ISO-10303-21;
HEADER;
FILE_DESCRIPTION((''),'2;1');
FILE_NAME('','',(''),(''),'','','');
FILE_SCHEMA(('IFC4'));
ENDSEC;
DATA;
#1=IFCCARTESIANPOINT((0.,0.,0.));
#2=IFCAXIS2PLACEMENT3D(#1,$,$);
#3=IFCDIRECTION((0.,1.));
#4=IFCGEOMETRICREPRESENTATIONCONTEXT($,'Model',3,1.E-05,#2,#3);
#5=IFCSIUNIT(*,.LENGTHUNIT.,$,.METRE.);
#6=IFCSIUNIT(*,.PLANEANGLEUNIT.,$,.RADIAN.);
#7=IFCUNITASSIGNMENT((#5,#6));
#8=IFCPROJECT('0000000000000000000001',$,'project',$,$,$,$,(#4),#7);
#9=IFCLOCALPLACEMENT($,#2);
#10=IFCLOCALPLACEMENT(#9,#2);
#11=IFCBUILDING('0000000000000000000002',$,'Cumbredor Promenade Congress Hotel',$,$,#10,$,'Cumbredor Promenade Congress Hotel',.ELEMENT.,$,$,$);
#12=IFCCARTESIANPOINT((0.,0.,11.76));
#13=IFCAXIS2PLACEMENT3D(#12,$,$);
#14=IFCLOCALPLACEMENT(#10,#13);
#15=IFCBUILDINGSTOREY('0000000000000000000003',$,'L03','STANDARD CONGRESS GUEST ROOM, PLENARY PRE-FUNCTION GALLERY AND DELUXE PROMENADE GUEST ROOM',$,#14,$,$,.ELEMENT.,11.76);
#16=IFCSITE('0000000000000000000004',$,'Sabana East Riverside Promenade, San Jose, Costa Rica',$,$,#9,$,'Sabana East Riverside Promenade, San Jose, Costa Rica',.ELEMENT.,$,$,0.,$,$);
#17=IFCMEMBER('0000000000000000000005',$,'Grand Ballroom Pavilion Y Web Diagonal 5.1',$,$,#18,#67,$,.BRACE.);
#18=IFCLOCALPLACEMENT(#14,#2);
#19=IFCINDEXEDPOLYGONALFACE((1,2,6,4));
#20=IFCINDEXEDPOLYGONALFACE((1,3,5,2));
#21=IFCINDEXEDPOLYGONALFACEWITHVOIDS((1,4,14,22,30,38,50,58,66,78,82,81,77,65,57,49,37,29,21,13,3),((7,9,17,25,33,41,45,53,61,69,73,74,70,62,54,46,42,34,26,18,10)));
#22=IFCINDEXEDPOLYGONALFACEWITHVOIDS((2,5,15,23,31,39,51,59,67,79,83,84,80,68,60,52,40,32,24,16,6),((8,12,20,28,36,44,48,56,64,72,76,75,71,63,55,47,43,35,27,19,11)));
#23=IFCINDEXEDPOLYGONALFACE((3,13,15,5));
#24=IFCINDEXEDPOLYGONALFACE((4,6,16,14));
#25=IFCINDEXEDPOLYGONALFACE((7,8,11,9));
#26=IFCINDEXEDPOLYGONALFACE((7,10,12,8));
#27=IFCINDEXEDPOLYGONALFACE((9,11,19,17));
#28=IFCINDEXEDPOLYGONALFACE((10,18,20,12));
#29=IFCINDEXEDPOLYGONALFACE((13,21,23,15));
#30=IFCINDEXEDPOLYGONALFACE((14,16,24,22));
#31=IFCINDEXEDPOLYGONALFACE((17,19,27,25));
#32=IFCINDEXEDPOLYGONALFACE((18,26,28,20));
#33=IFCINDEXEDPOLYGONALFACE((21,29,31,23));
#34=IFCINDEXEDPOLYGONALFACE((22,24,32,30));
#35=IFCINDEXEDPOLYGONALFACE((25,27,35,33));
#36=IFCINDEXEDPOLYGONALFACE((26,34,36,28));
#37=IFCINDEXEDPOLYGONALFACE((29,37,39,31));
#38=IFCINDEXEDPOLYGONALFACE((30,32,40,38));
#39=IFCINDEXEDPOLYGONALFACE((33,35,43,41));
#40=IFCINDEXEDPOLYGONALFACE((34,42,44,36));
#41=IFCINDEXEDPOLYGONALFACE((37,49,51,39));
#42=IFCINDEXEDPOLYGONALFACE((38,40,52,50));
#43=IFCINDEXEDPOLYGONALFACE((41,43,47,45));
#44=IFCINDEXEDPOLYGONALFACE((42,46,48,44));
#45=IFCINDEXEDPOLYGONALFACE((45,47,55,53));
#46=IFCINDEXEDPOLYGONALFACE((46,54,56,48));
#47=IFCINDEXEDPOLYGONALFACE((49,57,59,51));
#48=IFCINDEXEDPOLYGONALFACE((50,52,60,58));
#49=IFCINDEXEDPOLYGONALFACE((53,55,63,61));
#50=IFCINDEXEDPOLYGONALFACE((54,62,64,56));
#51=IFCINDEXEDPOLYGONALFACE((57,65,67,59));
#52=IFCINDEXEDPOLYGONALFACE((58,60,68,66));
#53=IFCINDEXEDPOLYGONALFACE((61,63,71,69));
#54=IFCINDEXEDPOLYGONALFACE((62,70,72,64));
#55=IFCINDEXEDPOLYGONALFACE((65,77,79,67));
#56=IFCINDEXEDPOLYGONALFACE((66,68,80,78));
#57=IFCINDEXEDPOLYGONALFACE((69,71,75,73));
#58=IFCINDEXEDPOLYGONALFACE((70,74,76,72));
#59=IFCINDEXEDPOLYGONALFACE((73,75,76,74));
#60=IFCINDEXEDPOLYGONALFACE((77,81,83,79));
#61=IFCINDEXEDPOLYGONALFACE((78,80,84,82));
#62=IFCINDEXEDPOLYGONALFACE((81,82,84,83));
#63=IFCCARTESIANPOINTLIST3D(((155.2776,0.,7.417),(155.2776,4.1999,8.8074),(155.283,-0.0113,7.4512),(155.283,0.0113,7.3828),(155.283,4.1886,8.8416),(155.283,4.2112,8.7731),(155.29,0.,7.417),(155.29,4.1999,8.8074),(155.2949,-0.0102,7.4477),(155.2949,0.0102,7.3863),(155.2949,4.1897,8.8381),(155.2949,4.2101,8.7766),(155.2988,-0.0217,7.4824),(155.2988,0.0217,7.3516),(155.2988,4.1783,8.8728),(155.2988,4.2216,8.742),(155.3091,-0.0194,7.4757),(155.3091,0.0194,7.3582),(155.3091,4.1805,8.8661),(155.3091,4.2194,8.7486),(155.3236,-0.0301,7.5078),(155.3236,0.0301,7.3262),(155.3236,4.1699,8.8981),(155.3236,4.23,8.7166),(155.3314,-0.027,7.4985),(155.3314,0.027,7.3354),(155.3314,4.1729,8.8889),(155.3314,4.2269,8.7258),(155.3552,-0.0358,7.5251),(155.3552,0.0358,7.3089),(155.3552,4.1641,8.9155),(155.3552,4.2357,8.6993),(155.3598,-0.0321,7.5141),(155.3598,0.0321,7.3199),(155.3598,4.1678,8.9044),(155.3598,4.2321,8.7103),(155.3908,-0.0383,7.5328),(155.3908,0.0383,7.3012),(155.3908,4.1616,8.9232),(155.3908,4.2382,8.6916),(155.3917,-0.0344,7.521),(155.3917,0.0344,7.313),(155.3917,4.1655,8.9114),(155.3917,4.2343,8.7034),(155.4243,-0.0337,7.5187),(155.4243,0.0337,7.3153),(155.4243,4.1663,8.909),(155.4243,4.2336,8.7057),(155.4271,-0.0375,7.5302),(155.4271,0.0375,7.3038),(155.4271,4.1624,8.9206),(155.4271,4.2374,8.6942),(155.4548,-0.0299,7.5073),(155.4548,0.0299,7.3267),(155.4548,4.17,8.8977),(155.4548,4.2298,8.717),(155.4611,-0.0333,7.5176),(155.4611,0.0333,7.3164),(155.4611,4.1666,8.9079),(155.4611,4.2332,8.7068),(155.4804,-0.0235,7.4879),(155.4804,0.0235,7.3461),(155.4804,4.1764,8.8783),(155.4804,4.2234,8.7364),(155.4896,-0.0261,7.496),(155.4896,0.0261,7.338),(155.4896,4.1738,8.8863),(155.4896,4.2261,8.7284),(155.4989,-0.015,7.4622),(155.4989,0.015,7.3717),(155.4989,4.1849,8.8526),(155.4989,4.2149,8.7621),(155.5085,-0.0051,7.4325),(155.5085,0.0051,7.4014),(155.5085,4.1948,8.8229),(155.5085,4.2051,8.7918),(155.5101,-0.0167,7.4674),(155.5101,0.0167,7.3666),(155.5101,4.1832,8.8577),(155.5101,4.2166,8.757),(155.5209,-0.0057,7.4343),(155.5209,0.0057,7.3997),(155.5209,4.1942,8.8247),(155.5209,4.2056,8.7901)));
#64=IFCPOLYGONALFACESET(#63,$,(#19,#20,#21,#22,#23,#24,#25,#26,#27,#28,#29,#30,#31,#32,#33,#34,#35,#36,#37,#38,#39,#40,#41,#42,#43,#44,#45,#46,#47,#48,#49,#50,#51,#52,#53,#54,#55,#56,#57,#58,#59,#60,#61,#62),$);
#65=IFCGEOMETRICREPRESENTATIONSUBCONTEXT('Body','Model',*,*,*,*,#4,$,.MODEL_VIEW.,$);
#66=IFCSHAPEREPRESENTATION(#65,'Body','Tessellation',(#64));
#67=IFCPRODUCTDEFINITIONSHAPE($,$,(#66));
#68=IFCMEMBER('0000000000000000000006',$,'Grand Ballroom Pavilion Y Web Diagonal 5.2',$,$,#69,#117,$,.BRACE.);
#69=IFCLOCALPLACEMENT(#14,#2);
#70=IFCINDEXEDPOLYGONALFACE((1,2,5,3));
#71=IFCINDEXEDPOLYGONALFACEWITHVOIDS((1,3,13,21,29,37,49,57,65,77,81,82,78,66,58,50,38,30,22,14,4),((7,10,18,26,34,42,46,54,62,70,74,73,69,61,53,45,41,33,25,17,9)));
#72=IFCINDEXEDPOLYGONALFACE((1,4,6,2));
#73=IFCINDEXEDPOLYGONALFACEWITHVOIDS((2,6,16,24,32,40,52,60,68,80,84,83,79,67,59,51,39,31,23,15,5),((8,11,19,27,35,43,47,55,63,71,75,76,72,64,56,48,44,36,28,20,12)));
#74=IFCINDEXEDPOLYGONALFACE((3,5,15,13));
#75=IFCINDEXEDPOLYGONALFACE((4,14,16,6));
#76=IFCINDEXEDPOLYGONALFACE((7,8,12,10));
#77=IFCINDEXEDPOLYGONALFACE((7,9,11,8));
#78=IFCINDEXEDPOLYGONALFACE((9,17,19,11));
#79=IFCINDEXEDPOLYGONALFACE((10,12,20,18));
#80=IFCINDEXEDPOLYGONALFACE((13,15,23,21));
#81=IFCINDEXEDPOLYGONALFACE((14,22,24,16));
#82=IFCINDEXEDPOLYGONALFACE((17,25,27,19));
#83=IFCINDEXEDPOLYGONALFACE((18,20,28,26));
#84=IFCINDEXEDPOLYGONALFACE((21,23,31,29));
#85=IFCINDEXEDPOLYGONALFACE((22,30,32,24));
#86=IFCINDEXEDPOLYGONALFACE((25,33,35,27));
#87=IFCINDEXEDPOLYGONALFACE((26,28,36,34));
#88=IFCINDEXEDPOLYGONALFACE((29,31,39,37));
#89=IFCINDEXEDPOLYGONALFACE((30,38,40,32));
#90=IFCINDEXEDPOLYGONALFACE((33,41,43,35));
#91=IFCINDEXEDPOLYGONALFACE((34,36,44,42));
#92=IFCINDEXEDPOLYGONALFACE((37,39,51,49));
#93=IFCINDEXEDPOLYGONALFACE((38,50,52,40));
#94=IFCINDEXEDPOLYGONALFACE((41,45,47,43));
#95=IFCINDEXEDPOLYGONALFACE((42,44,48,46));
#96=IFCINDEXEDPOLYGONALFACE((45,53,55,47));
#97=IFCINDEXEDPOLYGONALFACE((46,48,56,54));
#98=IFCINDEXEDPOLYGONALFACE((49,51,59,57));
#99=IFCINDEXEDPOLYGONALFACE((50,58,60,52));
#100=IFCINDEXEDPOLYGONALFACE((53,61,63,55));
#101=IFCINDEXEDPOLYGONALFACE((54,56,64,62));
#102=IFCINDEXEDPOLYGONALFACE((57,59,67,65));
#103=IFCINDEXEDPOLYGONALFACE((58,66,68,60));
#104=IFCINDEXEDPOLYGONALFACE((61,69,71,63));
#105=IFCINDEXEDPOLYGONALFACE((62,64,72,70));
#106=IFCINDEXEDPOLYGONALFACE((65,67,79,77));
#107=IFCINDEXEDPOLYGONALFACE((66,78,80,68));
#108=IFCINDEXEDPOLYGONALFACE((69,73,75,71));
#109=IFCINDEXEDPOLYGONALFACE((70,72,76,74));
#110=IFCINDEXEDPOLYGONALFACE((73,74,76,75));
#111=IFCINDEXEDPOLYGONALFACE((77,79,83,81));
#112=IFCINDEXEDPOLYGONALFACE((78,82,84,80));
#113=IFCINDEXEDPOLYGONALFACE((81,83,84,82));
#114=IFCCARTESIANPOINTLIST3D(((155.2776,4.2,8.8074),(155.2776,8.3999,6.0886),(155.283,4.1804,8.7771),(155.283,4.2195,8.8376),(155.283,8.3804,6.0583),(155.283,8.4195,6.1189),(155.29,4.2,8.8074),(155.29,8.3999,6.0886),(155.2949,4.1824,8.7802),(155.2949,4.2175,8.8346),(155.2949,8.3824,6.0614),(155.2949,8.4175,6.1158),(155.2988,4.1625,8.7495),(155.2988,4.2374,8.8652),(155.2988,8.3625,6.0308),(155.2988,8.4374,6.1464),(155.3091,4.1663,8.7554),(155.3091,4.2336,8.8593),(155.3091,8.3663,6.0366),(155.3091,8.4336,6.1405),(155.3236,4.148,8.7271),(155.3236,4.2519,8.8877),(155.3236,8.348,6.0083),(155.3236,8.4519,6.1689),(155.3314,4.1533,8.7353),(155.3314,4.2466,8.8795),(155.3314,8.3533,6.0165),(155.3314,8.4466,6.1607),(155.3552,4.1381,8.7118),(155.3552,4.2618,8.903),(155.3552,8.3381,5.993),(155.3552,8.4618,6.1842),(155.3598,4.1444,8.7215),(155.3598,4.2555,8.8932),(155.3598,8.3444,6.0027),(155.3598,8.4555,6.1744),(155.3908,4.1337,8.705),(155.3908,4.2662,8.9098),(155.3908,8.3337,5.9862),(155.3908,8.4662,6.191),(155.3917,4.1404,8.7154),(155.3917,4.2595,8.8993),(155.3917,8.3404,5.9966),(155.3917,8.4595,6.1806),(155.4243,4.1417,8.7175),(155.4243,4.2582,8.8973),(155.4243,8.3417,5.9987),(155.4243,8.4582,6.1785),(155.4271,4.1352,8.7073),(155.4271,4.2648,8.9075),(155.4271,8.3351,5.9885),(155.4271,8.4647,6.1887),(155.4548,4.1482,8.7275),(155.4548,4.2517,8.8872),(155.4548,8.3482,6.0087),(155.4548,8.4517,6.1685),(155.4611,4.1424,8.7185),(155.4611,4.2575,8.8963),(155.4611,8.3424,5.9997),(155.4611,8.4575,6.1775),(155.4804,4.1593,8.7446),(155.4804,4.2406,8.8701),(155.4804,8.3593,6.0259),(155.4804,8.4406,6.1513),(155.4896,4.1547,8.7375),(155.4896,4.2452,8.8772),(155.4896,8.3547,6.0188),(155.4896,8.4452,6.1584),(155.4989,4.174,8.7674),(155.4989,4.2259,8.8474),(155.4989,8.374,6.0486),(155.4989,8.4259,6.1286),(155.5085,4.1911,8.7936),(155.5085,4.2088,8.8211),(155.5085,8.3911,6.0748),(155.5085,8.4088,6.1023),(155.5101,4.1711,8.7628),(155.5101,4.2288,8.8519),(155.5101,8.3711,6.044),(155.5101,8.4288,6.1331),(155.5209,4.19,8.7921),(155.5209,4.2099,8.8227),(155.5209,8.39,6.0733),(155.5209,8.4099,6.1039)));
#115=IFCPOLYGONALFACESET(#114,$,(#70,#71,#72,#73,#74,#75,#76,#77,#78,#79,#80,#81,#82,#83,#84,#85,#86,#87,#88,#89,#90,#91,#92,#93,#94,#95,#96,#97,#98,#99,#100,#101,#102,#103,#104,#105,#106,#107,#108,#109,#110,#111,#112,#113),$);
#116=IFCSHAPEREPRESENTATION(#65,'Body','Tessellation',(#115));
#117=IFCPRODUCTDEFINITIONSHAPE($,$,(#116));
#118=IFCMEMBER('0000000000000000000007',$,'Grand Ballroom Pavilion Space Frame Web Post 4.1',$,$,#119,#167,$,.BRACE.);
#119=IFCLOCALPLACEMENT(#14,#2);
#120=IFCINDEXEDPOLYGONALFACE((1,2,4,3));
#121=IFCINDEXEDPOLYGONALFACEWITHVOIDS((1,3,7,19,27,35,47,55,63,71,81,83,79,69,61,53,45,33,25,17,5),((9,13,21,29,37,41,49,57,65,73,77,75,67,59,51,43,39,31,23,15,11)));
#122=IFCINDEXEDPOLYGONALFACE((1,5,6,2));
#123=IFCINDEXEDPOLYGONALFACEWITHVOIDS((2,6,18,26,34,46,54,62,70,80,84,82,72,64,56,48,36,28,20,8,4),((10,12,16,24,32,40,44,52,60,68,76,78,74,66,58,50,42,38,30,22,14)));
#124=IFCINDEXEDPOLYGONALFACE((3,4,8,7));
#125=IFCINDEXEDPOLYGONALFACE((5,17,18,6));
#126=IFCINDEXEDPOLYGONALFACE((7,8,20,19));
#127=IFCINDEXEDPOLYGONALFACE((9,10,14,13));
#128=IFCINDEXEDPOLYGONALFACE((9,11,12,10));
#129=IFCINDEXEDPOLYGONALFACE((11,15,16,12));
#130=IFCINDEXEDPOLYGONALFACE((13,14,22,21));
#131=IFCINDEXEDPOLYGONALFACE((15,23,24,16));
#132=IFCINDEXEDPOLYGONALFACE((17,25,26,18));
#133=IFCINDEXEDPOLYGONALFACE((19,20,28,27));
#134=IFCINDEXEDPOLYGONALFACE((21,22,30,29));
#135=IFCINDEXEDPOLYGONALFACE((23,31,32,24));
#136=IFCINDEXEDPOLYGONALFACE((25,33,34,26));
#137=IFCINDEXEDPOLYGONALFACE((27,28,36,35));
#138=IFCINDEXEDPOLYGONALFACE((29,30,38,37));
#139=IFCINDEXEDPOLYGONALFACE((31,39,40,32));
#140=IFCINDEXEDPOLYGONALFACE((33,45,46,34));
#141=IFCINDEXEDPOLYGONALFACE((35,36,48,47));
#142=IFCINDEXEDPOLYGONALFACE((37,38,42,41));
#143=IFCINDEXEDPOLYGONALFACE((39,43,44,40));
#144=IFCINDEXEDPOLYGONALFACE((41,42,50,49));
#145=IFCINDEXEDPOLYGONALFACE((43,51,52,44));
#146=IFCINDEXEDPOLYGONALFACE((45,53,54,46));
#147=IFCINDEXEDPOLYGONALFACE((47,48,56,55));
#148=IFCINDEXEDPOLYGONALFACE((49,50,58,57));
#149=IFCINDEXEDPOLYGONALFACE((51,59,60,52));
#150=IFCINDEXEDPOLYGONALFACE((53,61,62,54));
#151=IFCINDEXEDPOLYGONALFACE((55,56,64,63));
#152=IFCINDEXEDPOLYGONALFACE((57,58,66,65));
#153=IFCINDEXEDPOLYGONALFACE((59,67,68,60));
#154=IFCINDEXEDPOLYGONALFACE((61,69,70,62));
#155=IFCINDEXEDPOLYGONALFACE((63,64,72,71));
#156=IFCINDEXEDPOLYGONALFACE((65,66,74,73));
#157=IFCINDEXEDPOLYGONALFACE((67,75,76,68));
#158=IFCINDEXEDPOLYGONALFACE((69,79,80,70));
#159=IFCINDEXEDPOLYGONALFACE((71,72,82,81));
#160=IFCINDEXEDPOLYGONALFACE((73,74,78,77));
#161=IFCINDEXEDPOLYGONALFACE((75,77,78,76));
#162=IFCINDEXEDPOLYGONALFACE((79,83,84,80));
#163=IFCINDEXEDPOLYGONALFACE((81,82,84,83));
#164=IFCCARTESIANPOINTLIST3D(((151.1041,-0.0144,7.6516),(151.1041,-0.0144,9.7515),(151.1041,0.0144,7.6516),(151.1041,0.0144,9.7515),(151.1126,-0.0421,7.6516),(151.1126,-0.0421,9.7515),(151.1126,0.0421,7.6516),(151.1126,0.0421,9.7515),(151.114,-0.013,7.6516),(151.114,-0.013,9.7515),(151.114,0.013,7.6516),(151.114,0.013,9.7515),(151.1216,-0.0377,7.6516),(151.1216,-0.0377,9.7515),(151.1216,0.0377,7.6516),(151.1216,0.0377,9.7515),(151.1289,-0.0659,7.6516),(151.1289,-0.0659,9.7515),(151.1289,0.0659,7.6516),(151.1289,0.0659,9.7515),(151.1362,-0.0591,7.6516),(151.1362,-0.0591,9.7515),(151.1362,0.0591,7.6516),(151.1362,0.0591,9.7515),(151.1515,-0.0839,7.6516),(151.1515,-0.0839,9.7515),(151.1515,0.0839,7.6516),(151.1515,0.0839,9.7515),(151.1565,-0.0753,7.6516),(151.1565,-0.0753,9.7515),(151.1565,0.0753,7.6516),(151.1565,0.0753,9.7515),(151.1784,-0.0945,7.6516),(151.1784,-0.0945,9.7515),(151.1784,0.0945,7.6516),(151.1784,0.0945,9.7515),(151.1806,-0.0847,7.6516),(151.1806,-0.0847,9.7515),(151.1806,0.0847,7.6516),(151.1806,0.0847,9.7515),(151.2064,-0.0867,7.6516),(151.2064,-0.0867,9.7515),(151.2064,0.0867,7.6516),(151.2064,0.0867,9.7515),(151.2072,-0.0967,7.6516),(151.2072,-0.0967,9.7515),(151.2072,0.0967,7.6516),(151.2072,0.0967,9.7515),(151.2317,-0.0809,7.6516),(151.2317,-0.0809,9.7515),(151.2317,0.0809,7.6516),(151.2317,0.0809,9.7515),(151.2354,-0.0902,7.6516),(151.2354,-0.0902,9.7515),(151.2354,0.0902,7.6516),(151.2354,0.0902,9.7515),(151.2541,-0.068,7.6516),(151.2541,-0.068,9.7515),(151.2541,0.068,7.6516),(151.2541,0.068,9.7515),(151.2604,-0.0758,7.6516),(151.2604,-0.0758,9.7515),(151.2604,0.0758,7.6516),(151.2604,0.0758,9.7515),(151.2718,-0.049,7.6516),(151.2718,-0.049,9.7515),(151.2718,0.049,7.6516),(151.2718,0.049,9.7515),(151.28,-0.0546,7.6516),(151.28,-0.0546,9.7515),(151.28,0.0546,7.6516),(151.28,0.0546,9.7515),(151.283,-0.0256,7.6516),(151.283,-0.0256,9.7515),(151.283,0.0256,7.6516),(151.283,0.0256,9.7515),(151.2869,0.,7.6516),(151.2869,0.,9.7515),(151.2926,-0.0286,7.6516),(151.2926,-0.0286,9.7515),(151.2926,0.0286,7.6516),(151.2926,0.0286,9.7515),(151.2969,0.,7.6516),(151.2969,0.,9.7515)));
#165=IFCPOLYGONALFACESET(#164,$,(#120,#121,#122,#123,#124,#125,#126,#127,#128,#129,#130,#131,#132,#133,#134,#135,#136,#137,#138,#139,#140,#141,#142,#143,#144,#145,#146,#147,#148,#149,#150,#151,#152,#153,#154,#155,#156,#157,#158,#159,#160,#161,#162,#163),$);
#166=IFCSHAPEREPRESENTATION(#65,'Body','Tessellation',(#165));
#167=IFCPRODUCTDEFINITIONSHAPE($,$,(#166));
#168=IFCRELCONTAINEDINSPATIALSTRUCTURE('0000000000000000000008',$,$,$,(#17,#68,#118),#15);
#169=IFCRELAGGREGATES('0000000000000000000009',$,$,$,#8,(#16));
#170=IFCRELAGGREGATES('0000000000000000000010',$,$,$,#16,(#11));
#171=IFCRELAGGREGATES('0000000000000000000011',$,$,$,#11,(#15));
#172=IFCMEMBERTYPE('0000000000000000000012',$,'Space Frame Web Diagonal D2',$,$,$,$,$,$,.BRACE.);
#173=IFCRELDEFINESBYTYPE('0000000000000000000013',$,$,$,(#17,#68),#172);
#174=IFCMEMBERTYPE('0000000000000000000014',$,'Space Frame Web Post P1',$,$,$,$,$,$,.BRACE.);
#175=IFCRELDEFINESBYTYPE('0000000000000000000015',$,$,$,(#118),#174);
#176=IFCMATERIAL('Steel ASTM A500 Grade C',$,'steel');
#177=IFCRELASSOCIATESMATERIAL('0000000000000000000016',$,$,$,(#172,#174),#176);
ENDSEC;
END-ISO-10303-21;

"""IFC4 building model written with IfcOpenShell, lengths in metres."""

from ifc_helpers import new_model, si_unit, direction, frame, origin, origin_2d, place, context, subcontext, project, spatial, hollow_circle, extrude, material, material_profile, profile_set, type_object, element, save


model = new_model("IFC4")

# Units and contexts
model_context = context("Model", 3, precision=1e-05, world=origin(), true_north=direction((0.0, 1.0)))
body_context = subcontext(model_context, "Body", "Model", "MODEL_VIEW")
ifc_project = project(units=[si_unit("LENGTHUNIT", "METRE"), si_unit("PLANEANGLEUNIT", "RADIAN")], contexts=[model_context])

# Site, building, storey
site_placement = place(None, origin())
site = spatial("IfcSite", under=ifc_project, at=site_placement, Name="Sabana East Riverside Promenade, San Jose, Costa Rica", LongName="Sabana East Riverside Promenade, San Jose, Costa Rica", CompositionType="ELEMENT", RefElevation=0.0)
building_placement = place(site_placement, origin())
building = spatial("IfcBuilding", under=site, at=building_placement, Name="Cumbredor Promenade Congress Hotel", LongName="Cumbredor Promenade Congress Hotel", CompositionType="ELEMENT")
storey_placement = place(building_placement, frame((0.0, 0.0, 11.76)))
storey = spatial("IfcBuildingStorey", under=building, at=storey_placement, Name="L03", Description="STANDARD CONGRESS GUEST ROOM, PLENARY PRE-FUNCTION GALLERY AND DELUXE PROMENADE GUEST ROOM", CompositionType="ELEMENT", Elevation=11.76)

# Members
ifc_material_1 = material(Name="Steel ASTM A500 Grade C", Category="steel")
ifc_material_profile_1 = material_profile(ifc_material_1, hollow_circle(Radius=0.1223, WallThickness=0.0125, at=origin_2d()), Name="CHS 244.5x12.5")
ifc_profile_set_1 = profile_set([ifc_material_profile_1], Name="Steel ASTM A500 Grade C")
member_type_1 = type_object("IfcMemberType", Name="Space Frame Web Diagonal D2", PredefinedType="BRACE", material=ifc_profile_set_1)
member_1_placement = place(storey_placement, frame((155.3999, 0.0, 7.417), z_axis=(0.0, 0.949332, 0.314274), x_axis=(-1.0, 0.0, 0.0)))
element("IfcMember", 1, at=member_1_placement, inside=storey, type_object=member_type_1, Name="Grand Ballroom Pavilion Y Web Diagonal 5.1", PredefinedType="BRACE", context=body_context, shape_type="SweptSolid", body=[
    extrude(hollow_circle(Radius=0.1223, WallThickness=0.0125, at=origin_2d()), origin(), (0.0, 0.0, 1.0), 4.4241),
])
member_2_placement = place(storey_placement, frame((155.3999, 4.2, 8.8074), z_axis=(0.0, 0.839467, -0.543411), x_axis=(-1.0, 0.0, 0.0)))
element("IfcMember", 2, at=member_2_placement, inside=storey, type_object=member_type_1, Name="Grand Ballroom Pavilion Y Web Diagonal 5.2", PredefinedType="BRACE", context=body_context, shape_type="SweptSolid", body=[
    extrude(hollow_circle(Radius=0.1223, WallThickness=0.0125, at=origin_2d()), origin(), (0.0, 0.0, 1.0), 5.0032),
])
ifc_material_profile_2 = material_profile(ifc_material_1, hollow_circle(Radius=0.0969, WallThickness=0.01, at=origin_2d()), Name="CHS 193.7x10")
ifc_profile_set_2 = profile_set([ifc_material_profile_2], Name="Steel ASTM A500 Grade C")
member_type_2 = type_object("IfcMemberType", Name="Space Frame Web Post P1", PredefinedType="BRACE", material=ifc_profile_set_2)
for number, where, z_axis, x_axis, name in (
    (3, (151.2, 0.0, 7.6516), (0.0, 0.0, 1.0), (1.0, 0.0, 0.0), "Grand Ballroom Pavilion Space Frame Web Post 4.1"),
):
    element("IfcMember", number, at=place(storey_placement, frame(where, z_axis=z_axis, x_axis=x_axis)), inside=storey, type_object=member_type_2, Name=name, PredefinedType="BRACE", context=body_context, shape_type="SweptSolid", body=[
        extrude(hollow_circle(Radius=0.0969, WallThickness=0.01, at=origin_2d()), origin(), (0.0, 0.0, 1.0), 2.0999),
    ])

save(model, "model.ifc")
